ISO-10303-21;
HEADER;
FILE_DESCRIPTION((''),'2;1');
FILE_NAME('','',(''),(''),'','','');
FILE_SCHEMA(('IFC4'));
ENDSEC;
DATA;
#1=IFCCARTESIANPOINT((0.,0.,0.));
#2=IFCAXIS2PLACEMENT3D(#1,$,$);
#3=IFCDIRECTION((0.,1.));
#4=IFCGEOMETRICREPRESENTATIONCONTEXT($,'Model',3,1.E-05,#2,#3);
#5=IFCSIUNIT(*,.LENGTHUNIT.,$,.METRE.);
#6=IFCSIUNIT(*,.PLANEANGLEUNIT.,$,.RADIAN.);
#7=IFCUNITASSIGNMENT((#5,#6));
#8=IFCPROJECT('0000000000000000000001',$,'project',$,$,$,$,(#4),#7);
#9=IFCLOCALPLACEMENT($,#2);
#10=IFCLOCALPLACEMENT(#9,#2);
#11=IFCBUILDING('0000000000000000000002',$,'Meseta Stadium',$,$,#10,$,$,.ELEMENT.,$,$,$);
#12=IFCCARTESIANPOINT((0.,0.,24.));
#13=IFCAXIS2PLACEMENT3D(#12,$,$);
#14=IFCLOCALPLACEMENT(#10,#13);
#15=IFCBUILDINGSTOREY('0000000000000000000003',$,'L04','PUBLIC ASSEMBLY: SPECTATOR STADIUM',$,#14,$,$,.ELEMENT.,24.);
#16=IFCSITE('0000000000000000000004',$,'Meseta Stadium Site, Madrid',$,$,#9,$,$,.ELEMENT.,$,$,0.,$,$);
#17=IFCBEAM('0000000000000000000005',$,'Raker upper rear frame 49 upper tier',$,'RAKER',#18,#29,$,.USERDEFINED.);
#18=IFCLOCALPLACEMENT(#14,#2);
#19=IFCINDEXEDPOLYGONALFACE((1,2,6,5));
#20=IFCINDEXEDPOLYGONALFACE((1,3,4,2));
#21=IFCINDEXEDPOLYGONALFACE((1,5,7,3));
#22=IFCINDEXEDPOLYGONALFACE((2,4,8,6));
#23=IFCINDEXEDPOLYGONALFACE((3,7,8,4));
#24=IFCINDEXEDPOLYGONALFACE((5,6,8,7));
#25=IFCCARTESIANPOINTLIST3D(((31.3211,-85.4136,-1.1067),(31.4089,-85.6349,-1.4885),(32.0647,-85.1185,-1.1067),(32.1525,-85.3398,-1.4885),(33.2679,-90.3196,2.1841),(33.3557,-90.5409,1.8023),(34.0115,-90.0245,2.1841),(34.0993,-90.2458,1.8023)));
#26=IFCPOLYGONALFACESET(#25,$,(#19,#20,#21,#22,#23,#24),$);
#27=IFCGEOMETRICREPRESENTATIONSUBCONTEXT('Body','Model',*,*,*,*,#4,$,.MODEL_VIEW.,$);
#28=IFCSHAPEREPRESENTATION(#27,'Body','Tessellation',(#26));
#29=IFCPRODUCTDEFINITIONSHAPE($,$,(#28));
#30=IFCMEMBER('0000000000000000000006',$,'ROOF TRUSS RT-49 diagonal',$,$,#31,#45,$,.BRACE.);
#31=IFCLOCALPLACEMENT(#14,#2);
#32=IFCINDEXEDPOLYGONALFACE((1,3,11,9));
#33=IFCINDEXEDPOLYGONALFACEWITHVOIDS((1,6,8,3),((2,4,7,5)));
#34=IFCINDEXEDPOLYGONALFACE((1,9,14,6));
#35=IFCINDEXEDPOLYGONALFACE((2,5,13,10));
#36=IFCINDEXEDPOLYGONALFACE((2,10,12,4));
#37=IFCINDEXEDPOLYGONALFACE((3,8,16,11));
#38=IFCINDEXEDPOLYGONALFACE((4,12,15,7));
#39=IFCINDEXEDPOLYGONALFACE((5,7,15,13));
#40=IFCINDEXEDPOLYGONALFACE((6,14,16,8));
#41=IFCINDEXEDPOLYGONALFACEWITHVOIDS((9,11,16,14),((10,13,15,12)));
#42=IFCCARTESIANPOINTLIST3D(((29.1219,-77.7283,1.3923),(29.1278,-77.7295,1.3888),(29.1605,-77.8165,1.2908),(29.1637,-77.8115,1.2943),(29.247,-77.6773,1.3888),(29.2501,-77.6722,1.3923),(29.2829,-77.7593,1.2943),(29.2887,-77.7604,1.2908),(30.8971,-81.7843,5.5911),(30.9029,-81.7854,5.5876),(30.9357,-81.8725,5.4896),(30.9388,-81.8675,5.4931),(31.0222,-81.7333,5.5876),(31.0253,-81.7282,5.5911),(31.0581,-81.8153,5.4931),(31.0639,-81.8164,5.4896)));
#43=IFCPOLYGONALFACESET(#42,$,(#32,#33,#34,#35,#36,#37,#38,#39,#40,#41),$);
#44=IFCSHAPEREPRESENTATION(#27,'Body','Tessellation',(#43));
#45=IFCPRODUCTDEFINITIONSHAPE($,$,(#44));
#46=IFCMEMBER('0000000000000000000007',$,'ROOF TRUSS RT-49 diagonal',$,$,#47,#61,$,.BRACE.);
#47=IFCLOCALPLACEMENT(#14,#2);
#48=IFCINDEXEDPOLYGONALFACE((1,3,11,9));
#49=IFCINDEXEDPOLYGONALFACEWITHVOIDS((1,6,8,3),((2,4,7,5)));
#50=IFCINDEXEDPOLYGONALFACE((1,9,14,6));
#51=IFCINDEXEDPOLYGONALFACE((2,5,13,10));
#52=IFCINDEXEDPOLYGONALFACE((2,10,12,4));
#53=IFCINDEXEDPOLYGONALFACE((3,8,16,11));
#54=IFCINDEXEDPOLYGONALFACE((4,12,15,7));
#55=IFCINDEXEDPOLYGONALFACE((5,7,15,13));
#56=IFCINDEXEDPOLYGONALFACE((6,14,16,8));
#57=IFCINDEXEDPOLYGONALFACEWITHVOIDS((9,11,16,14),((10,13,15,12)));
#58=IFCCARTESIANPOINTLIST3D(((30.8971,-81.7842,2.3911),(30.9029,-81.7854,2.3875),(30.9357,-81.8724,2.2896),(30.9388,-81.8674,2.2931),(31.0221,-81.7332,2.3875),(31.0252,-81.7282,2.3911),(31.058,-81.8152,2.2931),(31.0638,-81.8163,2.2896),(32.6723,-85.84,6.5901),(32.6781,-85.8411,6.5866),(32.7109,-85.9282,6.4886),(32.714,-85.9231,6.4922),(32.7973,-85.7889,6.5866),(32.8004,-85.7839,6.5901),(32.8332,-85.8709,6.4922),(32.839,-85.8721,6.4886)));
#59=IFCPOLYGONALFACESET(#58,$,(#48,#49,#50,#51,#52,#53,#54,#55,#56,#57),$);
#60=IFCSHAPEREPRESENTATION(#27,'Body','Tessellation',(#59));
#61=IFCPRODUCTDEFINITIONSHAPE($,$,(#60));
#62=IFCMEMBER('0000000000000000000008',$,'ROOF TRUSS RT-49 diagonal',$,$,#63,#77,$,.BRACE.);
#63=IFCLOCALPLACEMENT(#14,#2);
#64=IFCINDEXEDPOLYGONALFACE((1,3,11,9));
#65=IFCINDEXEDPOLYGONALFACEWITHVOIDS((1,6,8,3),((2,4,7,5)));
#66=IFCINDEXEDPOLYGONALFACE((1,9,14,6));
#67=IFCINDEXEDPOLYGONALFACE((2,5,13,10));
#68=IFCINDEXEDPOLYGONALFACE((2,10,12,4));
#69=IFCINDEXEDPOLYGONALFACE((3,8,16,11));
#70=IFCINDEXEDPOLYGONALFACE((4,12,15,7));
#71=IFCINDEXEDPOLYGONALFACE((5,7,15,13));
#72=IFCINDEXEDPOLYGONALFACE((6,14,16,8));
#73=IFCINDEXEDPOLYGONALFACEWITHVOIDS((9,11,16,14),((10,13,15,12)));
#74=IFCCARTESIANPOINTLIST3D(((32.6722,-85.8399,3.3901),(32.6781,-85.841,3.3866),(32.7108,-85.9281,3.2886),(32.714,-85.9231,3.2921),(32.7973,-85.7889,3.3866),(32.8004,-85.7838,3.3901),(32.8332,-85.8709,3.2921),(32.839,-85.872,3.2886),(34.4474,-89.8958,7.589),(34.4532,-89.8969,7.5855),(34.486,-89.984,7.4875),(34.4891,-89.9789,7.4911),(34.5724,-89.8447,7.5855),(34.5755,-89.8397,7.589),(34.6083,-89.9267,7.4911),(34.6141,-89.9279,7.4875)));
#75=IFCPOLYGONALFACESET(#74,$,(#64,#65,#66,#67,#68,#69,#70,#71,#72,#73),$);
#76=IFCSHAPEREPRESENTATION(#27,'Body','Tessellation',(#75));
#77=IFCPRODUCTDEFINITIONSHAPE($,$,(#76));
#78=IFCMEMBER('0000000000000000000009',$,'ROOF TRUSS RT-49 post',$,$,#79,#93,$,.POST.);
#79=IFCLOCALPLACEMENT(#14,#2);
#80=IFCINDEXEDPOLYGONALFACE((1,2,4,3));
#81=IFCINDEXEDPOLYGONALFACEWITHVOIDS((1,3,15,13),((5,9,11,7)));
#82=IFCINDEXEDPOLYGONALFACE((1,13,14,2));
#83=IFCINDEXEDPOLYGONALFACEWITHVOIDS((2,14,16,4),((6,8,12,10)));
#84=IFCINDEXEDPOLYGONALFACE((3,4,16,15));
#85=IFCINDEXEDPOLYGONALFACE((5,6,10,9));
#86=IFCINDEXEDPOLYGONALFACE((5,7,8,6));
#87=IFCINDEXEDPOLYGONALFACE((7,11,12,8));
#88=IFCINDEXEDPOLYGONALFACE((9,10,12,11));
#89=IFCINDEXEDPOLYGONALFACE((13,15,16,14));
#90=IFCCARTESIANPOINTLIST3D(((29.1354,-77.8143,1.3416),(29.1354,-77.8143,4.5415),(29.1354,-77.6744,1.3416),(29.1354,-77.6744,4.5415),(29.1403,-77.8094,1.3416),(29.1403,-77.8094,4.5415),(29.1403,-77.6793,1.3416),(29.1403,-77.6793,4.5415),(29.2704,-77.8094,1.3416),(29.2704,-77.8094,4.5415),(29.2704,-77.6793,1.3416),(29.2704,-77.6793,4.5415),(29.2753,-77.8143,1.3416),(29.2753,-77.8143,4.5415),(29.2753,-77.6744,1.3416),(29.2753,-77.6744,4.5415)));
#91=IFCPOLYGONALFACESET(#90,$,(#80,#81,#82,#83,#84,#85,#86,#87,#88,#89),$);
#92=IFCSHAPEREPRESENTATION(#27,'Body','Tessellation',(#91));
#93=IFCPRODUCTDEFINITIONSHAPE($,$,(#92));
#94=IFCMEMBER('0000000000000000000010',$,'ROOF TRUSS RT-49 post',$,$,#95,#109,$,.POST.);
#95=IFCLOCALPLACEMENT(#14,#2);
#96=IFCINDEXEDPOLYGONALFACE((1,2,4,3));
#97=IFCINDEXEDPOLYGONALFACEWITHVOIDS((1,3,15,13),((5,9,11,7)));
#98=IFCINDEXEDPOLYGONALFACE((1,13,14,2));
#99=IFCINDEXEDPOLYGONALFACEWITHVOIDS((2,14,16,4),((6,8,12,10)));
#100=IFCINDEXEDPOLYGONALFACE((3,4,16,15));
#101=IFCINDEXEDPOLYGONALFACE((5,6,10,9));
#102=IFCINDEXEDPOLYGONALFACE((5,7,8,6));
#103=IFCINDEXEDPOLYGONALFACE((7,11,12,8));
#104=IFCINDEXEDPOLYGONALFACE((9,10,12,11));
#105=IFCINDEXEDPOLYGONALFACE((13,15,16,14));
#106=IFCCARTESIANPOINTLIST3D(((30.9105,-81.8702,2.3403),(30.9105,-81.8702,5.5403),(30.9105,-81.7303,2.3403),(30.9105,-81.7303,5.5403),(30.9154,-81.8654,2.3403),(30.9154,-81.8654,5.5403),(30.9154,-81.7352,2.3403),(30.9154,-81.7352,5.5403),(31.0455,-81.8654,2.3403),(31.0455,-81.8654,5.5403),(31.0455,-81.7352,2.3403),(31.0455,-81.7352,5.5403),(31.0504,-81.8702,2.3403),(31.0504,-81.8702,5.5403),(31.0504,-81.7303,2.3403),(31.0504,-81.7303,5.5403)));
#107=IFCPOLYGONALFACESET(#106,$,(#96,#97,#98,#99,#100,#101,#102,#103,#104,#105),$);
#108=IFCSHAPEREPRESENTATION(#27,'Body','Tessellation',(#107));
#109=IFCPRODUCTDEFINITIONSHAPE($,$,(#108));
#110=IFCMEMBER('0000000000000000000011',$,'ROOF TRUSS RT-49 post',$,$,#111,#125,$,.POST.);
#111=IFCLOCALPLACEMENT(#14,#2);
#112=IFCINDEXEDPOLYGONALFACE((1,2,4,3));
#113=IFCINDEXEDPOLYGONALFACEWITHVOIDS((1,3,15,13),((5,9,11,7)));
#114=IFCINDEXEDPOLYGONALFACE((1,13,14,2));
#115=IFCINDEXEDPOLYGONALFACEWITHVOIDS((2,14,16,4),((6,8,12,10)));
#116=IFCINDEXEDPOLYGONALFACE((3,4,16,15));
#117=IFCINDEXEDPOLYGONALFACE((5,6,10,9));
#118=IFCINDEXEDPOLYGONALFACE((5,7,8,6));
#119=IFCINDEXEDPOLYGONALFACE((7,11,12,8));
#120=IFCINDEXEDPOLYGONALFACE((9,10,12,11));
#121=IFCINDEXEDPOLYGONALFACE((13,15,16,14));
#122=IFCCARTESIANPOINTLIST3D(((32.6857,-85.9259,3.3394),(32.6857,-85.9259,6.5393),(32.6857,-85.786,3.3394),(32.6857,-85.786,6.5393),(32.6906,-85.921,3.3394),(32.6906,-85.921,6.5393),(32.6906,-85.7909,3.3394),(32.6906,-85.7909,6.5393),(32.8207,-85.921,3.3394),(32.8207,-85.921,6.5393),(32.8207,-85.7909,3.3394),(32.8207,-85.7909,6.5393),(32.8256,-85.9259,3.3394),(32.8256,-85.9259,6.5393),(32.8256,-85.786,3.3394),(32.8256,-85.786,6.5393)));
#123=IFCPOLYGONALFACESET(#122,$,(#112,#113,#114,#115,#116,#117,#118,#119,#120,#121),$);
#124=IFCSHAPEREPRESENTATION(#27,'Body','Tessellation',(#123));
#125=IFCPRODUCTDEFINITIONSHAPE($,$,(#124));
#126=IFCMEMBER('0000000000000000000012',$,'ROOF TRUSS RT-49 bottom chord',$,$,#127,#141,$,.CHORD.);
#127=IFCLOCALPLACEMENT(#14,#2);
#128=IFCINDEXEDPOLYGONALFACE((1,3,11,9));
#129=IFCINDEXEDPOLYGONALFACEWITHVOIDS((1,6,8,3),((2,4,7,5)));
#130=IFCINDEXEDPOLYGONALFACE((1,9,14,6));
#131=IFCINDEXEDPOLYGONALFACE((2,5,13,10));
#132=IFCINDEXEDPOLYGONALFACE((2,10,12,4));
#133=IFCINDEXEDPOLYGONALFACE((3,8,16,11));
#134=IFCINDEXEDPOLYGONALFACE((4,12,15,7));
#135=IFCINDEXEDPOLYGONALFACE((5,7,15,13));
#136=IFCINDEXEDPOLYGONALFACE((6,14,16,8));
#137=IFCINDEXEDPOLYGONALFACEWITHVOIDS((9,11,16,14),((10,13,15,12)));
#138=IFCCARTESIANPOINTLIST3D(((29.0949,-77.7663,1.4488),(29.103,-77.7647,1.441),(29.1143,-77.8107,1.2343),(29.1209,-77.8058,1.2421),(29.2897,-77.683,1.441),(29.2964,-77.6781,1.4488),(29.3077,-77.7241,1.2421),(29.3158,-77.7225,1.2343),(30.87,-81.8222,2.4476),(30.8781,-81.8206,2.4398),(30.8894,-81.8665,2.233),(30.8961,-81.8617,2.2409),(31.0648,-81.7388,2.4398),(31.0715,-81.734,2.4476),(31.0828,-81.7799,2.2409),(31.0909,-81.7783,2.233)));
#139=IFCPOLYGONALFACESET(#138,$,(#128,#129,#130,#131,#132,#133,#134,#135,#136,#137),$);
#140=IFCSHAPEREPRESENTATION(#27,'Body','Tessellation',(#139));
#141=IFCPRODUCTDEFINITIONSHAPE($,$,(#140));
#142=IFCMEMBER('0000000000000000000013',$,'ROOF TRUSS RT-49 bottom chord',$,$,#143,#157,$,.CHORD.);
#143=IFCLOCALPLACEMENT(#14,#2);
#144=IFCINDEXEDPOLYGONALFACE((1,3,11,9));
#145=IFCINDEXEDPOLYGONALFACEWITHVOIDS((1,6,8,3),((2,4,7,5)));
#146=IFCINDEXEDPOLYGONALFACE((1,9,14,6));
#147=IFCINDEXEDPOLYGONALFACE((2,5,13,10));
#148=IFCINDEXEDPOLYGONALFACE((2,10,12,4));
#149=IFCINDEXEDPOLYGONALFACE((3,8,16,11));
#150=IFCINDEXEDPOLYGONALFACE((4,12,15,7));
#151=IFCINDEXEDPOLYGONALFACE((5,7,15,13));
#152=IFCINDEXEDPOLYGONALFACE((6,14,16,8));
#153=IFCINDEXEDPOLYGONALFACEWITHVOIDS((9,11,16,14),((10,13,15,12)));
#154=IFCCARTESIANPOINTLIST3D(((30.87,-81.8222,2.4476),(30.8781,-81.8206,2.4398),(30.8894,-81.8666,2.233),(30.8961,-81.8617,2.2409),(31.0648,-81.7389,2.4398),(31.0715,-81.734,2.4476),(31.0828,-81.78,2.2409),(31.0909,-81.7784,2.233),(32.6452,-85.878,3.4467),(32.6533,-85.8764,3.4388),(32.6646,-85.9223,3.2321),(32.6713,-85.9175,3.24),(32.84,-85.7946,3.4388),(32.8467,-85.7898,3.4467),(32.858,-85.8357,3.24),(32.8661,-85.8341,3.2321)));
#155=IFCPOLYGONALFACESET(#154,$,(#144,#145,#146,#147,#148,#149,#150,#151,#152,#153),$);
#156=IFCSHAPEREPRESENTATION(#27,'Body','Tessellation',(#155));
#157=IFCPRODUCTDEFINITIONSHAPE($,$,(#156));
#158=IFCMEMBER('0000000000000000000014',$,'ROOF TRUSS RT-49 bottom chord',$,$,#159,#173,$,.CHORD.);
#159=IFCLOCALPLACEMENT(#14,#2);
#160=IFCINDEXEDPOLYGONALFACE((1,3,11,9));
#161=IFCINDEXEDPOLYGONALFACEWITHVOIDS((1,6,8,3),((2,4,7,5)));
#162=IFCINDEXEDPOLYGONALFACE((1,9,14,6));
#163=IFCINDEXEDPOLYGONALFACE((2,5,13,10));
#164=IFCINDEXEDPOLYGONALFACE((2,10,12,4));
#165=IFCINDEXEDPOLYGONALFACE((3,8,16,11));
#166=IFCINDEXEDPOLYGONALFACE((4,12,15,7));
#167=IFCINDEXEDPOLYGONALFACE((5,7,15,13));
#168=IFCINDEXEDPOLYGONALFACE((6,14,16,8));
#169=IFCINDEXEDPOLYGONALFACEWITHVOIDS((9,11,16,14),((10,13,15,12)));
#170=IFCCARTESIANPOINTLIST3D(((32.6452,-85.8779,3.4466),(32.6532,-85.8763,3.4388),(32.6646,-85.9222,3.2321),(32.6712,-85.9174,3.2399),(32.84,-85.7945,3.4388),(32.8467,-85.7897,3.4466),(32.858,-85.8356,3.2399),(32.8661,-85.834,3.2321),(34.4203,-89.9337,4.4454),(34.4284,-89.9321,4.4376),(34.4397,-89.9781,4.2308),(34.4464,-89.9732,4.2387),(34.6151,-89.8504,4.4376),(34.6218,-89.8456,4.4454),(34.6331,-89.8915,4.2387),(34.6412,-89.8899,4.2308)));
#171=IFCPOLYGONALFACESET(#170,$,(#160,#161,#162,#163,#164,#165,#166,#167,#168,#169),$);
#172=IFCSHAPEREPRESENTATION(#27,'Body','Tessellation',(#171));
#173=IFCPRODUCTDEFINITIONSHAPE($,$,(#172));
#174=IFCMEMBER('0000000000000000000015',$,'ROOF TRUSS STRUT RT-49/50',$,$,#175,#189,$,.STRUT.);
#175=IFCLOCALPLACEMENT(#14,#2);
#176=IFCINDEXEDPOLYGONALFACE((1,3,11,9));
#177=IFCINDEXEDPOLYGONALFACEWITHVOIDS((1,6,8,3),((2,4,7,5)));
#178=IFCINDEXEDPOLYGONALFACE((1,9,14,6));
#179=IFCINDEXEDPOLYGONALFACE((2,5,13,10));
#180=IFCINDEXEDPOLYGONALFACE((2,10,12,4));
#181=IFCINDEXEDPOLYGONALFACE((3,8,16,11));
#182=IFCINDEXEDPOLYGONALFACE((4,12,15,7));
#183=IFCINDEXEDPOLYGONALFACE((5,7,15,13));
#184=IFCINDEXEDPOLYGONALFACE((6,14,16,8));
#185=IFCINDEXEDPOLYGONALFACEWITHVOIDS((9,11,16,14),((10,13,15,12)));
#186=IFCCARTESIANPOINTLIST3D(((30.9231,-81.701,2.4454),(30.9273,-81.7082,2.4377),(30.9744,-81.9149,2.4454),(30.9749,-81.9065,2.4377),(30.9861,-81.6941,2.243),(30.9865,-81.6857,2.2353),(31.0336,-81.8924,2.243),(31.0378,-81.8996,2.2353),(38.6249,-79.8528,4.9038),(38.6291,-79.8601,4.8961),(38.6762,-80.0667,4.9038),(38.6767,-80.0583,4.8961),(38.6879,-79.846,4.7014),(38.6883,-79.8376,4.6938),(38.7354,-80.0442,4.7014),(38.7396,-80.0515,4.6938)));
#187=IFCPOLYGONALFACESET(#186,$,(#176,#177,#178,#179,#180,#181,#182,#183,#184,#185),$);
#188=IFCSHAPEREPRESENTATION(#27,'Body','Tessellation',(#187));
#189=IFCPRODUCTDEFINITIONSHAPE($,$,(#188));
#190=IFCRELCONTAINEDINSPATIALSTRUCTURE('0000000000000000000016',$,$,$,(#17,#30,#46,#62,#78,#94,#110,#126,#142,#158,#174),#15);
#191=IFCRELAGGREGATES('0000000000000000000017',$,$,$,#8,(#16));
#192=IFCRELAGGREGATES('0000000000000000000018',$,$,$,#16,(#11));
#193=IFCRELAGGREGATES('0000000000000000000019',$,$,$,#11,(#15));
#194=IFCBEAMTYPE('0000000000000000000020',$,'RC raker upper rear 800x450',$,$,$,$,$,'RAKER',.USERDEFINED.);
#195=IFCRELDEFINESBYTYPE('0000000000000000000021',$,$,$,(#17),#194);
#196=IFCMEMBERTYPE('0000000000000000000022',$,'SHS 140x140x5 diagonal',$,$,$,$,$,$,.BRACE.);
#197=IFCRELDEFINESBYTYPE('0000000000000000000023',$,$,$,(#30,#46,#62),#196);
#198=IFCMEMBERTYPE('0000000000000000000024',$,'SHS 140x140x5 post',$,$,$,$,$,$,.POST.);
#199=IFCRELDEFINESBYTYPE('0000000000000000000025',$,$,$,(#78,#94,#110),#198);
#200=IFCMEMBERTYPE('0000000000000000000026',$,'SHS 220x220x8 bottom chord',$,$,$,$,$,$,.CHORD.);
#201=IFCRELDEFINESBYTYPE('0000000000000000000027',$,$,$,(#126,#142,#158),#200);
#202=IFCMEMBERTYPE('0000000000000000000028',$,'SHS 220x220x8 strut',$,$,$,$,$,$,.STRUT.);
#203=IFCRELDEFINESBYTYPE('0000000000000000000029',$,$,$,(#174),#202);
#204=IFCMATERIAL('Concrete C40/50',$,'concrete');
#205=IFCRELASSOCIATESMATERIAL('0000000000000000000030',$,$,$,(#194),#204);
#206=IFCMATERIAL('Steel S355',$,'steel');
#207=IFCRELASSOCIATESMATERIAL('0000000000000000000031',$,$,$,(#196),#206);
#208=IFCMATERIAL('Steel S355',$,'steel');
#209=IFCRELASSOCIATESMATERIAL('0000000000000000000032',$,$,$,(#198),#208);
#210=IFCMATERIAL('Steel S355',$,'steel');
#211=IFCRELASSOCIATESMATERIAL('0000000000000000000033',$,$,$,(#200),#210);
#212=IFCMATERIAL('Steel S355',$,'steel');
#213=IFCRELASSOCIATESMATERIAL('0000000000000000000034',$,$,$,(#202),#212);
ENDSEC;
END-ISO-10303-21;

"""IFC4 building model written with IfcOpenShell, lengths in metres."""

from ifc_helpers import new_model, si_unit, direction, frame, origin, origin_2d, place, context, subcontext, project, spatial, rectangle, hollow_rectangle, extrude, material, material_profile, profile_set, type_object, element, save


model = new_model("IFC4")

# Units and contexts
model_context = context("Model", 3, precision=1e-05, world=origin(), true_north=direction((0.0, 1.0)))
body_context = subcontext(model_context, "Body", "Model", "MODEL_VIEW")
ifc_project = project(units=[si_unit("LENGTHUNIT", "METRE"), si_unit("PLANEANGLEUNIT", "RADIAN")], contexts=[model_context])

# Site, building, storey
site_placement = place(None, origin())
site = spatial("IfcSite", under=ifc_project, at=site_placement, Name="Meseta Stadium Site, Madrid", CompositionType="ELEMENT", RefElevation=0.0)
building_placement = place(site_placement, origin())
building = spatial("IfcBuilding", under=site, at=building_placement, Name="Meseta Stadium", CompositionType="ELEMENT")
storey_placement = place(building_placement, frame((0.0, 0.0, 24.0)))
storey = spatial("IfcBuildingStorey", under=building, at=storey_placement, Name="L04", Description="PUBLIC ASSEMBLY: SPECTATOR STADIUM", CompositionType="ELEMENT", Elevation=24.0)

# Beam
ifc_material_1 = material(Name="Concrete C40/50", Category="concrete")
ifc_material_profile_1 = material_profile(ifc_material_1, rectangle(XDim=0.8, YDim=0.45, at=origin_2d()), Name="RC 800x450")
ifc_profile_set_1 = profile_set([ifc_material_profile_1], Name="Concrete C40/50")
beam_type = type_object("IfcBeamType", Name="RC raker upper rear 800x450", ElementType="RAKER", PredefinedType="USERDEFINED", material=ifc_profile_set_1)
beam_placement = place(storey_placement, frame((31.7368, -85.3767, -1.2976), z_axis=(0.312988, -0.788751, 0.529066), x_axis=(0.929494, 0.368837, 0.0)))
element("IfcBeam", 1, at=beam_placement, inside=storey, type_object=beam_type, Name="Raker upper rear frame 49 upper tier", ObjectType="RAKER", PredefinedType="USERDEFINED", context=body_context, shape_type="SweptSolid", body=[
    extrude(rectangle(XDim=0.8, YDim=0.45, at=origin_2d()), origin(), (0.0, 0.0, 1.0), 6.22),
])

# Members
ifc_material_2 = material(Name="Steel S355", Category="steel")
ifc_material_profile_2 = material_profile(ifc_material_2, hollow_rectangle(XDim=0.1399, YDim=0.1399, WallThickness=0.0049, at=origin_2d()), Name="SHS 140x140x5")
ifc_profile_set_2 = profile_set([ifc_material_profile_2], Name="Steel S355")
member_type_1 = type_object("IfcMemberType", Name="SHS 140x140x5 diagonal", PredefinedType="BRACE", material=ifc_profile_set_2)
for number, where, z_axis, x_axis, name in (
    (2, (29.2053, -77.7444, 1.3416), (0.290926, -0.664717, 0.688123), (0.9161, 0.400949, 0.0), "ROOF TRUSS RT-49 diagonal"),
    (3, (30.9805, -81.8003, 2.3403), (0.290926, -0.664676, 0.688163), (0.916092, 0.400969, 0.0), "ROOF TRUSS RT-49 diagonal"),
    (4, (32.7556, -85.856, 3.3394), (0.290918, -0.664698, 0.688145), (0.9161, 0.400949, 0.0), "ROOF TRUSS RT-49 diagonal"),
):
    element("IfcMember", number, at=place(storey_placement, frame(where, z_axis=z_axis, x_axis=x_axis)), inside=storey, type_object=member_type_1, Name=name, PredefinedType="BRACE", context=body_context, shape_type="SweptSolid", body=[
        extrude(hollow_rectangle(XDim=0.1399, YDim=0.1399, WallThickness=0.0049, at=origin_2d()), origin(), (0.0, 0.0, 1.0), 6.1018),
    ])
ifc_material_3 = material(Name="Steel S355", Category="steel")
ifc_material_profile_3 = material_profile(ifc_material_3, hollow_rectangle(XDim=0.1399, YDim=0.1399, WallThickness=0.0049, at=origin_2d()), Name="SHS 140x140x5")
ifc_profile_set_3 = profile_set([ifc_material_profile_3], Name="Steel S355")
member_type_2 = type_object("IfcMemberType", Name="SHS 140x140x5 post", PredefinedType="POST", material=ifc_profile_set_3)
for number, where, z_axis, x_axis, name in (
    (5, (29.2053, -77.7444, 1.3416), (0.0, 0.0, 1.0), (1.0, 0.0, 0.0), "ROOF TRUSS RT-49 post"),
    (6, (30.9805, -81.8003, 2.3403), (0.0, 0.0, 1.0), (1.0, 0.0, 0.0), "ROOF TRUSS RT-49 post"),
    (7, (32.7556, -85.856, 3.3394), (0.0, 0.0, 1.0), (1.0, 0.0, 0.0), "ROOF TRUSS RT-49 post"),
):
    element("IfcMember", number, at=place(storey_placement, frame(where, z_axis=z_axis, x_axis=x_axis)), inside=storey, type_object=member_type_2, Name=name, PredefinedType="POST", context=body_context, shape_type="SweptSolid", body=[
        extrude(hollow_rectangle(XDim=0.1399, YDim=0.1399, WallThickness=0.0049, at=origin_2d()), origin(), (0.0, 0.0, 1.0), 3.2),
    ])
ifc_material_4 = material(Name="Steel S355", Category="steel")
ifc_material_profile_4 = material_profile(ifc_material_4, hollow_rectangle(XDim=0.22, YDim=0.22, WallThickness=0.0081, at=origin_2d()), Name="SHS 220x220x8")
ifc_profile_set_4 = profile_set([ifc_material_profile_4], Name="Steel S355")
member_type_3 = type_object("IfcMemberType", Name="SHS 220x220x8 bottom chord", PredefinedType="CHORD", material=ifc_profile_set_4)
for number, where, z_axis, x_axis, name in (
    (8, (29.2053, -77.7444, 1.3416), (0.39112, -0.893643, 0.220062), (0.9161, 0.400949, 0.0), "ROOF TRUSS RT-49 bottom chord"),
    (9, (30.9805, -81.8003, 2.3403), (0.391134, -0.893622, 0.220124), (0.916092, 0.400969, 0.0), "ROOF TRUSS RT-49 bottom chord"),
    (10, (32.7556, -85.856, 3.3394), (0.39112, -0.893643, 0.220062), (0.9161, 0.400949, 0.0), "ROOF TRUSS RT-49 bottom chord"),
):
    element("IfcMember", number, at=place(storey_placement, frame(where, z_axis=z_axis, x_axis=x_axis)), inside=storey, type_object=member_type_3, Name=name, PredefinedType="CHORD", context=body_context, shape_type="SweptSolid", body=[
        extrude(hollow_rectangle(XDim=0.22, YDim=0.22, WallThickness=0.0081, at=origin_2d()), origin(), (0.0, 0.0, 1.0), 4.5386),
    ])
ifc_material_5 = material(Name="Steel S355", Category="steel")
ifc_material_profile_5 = material_profile(ifc_material_5, hollow_rectangle(XDim=0.22, YDim=0.22, WallThickness=0.0081, at=origin_2d()), Name="SHS 220x220x8")
ifc_profile_set_5 = profile_set([ifc_material_profile_5], Name="Steel S355")
member_type_4 = type_object("IfcMemberType", Name="SHS 220x220x8 strut", PredefinedType="STRUT", material=ifc_profile_set_5)
member_1_placement = place(storey_placement, frame((30.9805, -81.8003, 2.3403), z_axis=(0.928688, 0.222847, 0.296443), x_axis=(-0.233336, 0.972396, 0.0)))
element("IfcMember", 11, at=member_1_placement, inside=storey, type_object=member_type_4, Name="ROOF TRUSS STRUT RT-49/50", PredefinedType="STRUT", context=body_context, shape_type="SweptSolid", body=[
    extrude(hollow_rectangle(XDim=0.22, YDim=0.22, WallThickness=0.0081, at=origin_2d()), origin(), (0.0, 0.0, 1.0), 8.2932),
])

save(model, "model.ifc")
